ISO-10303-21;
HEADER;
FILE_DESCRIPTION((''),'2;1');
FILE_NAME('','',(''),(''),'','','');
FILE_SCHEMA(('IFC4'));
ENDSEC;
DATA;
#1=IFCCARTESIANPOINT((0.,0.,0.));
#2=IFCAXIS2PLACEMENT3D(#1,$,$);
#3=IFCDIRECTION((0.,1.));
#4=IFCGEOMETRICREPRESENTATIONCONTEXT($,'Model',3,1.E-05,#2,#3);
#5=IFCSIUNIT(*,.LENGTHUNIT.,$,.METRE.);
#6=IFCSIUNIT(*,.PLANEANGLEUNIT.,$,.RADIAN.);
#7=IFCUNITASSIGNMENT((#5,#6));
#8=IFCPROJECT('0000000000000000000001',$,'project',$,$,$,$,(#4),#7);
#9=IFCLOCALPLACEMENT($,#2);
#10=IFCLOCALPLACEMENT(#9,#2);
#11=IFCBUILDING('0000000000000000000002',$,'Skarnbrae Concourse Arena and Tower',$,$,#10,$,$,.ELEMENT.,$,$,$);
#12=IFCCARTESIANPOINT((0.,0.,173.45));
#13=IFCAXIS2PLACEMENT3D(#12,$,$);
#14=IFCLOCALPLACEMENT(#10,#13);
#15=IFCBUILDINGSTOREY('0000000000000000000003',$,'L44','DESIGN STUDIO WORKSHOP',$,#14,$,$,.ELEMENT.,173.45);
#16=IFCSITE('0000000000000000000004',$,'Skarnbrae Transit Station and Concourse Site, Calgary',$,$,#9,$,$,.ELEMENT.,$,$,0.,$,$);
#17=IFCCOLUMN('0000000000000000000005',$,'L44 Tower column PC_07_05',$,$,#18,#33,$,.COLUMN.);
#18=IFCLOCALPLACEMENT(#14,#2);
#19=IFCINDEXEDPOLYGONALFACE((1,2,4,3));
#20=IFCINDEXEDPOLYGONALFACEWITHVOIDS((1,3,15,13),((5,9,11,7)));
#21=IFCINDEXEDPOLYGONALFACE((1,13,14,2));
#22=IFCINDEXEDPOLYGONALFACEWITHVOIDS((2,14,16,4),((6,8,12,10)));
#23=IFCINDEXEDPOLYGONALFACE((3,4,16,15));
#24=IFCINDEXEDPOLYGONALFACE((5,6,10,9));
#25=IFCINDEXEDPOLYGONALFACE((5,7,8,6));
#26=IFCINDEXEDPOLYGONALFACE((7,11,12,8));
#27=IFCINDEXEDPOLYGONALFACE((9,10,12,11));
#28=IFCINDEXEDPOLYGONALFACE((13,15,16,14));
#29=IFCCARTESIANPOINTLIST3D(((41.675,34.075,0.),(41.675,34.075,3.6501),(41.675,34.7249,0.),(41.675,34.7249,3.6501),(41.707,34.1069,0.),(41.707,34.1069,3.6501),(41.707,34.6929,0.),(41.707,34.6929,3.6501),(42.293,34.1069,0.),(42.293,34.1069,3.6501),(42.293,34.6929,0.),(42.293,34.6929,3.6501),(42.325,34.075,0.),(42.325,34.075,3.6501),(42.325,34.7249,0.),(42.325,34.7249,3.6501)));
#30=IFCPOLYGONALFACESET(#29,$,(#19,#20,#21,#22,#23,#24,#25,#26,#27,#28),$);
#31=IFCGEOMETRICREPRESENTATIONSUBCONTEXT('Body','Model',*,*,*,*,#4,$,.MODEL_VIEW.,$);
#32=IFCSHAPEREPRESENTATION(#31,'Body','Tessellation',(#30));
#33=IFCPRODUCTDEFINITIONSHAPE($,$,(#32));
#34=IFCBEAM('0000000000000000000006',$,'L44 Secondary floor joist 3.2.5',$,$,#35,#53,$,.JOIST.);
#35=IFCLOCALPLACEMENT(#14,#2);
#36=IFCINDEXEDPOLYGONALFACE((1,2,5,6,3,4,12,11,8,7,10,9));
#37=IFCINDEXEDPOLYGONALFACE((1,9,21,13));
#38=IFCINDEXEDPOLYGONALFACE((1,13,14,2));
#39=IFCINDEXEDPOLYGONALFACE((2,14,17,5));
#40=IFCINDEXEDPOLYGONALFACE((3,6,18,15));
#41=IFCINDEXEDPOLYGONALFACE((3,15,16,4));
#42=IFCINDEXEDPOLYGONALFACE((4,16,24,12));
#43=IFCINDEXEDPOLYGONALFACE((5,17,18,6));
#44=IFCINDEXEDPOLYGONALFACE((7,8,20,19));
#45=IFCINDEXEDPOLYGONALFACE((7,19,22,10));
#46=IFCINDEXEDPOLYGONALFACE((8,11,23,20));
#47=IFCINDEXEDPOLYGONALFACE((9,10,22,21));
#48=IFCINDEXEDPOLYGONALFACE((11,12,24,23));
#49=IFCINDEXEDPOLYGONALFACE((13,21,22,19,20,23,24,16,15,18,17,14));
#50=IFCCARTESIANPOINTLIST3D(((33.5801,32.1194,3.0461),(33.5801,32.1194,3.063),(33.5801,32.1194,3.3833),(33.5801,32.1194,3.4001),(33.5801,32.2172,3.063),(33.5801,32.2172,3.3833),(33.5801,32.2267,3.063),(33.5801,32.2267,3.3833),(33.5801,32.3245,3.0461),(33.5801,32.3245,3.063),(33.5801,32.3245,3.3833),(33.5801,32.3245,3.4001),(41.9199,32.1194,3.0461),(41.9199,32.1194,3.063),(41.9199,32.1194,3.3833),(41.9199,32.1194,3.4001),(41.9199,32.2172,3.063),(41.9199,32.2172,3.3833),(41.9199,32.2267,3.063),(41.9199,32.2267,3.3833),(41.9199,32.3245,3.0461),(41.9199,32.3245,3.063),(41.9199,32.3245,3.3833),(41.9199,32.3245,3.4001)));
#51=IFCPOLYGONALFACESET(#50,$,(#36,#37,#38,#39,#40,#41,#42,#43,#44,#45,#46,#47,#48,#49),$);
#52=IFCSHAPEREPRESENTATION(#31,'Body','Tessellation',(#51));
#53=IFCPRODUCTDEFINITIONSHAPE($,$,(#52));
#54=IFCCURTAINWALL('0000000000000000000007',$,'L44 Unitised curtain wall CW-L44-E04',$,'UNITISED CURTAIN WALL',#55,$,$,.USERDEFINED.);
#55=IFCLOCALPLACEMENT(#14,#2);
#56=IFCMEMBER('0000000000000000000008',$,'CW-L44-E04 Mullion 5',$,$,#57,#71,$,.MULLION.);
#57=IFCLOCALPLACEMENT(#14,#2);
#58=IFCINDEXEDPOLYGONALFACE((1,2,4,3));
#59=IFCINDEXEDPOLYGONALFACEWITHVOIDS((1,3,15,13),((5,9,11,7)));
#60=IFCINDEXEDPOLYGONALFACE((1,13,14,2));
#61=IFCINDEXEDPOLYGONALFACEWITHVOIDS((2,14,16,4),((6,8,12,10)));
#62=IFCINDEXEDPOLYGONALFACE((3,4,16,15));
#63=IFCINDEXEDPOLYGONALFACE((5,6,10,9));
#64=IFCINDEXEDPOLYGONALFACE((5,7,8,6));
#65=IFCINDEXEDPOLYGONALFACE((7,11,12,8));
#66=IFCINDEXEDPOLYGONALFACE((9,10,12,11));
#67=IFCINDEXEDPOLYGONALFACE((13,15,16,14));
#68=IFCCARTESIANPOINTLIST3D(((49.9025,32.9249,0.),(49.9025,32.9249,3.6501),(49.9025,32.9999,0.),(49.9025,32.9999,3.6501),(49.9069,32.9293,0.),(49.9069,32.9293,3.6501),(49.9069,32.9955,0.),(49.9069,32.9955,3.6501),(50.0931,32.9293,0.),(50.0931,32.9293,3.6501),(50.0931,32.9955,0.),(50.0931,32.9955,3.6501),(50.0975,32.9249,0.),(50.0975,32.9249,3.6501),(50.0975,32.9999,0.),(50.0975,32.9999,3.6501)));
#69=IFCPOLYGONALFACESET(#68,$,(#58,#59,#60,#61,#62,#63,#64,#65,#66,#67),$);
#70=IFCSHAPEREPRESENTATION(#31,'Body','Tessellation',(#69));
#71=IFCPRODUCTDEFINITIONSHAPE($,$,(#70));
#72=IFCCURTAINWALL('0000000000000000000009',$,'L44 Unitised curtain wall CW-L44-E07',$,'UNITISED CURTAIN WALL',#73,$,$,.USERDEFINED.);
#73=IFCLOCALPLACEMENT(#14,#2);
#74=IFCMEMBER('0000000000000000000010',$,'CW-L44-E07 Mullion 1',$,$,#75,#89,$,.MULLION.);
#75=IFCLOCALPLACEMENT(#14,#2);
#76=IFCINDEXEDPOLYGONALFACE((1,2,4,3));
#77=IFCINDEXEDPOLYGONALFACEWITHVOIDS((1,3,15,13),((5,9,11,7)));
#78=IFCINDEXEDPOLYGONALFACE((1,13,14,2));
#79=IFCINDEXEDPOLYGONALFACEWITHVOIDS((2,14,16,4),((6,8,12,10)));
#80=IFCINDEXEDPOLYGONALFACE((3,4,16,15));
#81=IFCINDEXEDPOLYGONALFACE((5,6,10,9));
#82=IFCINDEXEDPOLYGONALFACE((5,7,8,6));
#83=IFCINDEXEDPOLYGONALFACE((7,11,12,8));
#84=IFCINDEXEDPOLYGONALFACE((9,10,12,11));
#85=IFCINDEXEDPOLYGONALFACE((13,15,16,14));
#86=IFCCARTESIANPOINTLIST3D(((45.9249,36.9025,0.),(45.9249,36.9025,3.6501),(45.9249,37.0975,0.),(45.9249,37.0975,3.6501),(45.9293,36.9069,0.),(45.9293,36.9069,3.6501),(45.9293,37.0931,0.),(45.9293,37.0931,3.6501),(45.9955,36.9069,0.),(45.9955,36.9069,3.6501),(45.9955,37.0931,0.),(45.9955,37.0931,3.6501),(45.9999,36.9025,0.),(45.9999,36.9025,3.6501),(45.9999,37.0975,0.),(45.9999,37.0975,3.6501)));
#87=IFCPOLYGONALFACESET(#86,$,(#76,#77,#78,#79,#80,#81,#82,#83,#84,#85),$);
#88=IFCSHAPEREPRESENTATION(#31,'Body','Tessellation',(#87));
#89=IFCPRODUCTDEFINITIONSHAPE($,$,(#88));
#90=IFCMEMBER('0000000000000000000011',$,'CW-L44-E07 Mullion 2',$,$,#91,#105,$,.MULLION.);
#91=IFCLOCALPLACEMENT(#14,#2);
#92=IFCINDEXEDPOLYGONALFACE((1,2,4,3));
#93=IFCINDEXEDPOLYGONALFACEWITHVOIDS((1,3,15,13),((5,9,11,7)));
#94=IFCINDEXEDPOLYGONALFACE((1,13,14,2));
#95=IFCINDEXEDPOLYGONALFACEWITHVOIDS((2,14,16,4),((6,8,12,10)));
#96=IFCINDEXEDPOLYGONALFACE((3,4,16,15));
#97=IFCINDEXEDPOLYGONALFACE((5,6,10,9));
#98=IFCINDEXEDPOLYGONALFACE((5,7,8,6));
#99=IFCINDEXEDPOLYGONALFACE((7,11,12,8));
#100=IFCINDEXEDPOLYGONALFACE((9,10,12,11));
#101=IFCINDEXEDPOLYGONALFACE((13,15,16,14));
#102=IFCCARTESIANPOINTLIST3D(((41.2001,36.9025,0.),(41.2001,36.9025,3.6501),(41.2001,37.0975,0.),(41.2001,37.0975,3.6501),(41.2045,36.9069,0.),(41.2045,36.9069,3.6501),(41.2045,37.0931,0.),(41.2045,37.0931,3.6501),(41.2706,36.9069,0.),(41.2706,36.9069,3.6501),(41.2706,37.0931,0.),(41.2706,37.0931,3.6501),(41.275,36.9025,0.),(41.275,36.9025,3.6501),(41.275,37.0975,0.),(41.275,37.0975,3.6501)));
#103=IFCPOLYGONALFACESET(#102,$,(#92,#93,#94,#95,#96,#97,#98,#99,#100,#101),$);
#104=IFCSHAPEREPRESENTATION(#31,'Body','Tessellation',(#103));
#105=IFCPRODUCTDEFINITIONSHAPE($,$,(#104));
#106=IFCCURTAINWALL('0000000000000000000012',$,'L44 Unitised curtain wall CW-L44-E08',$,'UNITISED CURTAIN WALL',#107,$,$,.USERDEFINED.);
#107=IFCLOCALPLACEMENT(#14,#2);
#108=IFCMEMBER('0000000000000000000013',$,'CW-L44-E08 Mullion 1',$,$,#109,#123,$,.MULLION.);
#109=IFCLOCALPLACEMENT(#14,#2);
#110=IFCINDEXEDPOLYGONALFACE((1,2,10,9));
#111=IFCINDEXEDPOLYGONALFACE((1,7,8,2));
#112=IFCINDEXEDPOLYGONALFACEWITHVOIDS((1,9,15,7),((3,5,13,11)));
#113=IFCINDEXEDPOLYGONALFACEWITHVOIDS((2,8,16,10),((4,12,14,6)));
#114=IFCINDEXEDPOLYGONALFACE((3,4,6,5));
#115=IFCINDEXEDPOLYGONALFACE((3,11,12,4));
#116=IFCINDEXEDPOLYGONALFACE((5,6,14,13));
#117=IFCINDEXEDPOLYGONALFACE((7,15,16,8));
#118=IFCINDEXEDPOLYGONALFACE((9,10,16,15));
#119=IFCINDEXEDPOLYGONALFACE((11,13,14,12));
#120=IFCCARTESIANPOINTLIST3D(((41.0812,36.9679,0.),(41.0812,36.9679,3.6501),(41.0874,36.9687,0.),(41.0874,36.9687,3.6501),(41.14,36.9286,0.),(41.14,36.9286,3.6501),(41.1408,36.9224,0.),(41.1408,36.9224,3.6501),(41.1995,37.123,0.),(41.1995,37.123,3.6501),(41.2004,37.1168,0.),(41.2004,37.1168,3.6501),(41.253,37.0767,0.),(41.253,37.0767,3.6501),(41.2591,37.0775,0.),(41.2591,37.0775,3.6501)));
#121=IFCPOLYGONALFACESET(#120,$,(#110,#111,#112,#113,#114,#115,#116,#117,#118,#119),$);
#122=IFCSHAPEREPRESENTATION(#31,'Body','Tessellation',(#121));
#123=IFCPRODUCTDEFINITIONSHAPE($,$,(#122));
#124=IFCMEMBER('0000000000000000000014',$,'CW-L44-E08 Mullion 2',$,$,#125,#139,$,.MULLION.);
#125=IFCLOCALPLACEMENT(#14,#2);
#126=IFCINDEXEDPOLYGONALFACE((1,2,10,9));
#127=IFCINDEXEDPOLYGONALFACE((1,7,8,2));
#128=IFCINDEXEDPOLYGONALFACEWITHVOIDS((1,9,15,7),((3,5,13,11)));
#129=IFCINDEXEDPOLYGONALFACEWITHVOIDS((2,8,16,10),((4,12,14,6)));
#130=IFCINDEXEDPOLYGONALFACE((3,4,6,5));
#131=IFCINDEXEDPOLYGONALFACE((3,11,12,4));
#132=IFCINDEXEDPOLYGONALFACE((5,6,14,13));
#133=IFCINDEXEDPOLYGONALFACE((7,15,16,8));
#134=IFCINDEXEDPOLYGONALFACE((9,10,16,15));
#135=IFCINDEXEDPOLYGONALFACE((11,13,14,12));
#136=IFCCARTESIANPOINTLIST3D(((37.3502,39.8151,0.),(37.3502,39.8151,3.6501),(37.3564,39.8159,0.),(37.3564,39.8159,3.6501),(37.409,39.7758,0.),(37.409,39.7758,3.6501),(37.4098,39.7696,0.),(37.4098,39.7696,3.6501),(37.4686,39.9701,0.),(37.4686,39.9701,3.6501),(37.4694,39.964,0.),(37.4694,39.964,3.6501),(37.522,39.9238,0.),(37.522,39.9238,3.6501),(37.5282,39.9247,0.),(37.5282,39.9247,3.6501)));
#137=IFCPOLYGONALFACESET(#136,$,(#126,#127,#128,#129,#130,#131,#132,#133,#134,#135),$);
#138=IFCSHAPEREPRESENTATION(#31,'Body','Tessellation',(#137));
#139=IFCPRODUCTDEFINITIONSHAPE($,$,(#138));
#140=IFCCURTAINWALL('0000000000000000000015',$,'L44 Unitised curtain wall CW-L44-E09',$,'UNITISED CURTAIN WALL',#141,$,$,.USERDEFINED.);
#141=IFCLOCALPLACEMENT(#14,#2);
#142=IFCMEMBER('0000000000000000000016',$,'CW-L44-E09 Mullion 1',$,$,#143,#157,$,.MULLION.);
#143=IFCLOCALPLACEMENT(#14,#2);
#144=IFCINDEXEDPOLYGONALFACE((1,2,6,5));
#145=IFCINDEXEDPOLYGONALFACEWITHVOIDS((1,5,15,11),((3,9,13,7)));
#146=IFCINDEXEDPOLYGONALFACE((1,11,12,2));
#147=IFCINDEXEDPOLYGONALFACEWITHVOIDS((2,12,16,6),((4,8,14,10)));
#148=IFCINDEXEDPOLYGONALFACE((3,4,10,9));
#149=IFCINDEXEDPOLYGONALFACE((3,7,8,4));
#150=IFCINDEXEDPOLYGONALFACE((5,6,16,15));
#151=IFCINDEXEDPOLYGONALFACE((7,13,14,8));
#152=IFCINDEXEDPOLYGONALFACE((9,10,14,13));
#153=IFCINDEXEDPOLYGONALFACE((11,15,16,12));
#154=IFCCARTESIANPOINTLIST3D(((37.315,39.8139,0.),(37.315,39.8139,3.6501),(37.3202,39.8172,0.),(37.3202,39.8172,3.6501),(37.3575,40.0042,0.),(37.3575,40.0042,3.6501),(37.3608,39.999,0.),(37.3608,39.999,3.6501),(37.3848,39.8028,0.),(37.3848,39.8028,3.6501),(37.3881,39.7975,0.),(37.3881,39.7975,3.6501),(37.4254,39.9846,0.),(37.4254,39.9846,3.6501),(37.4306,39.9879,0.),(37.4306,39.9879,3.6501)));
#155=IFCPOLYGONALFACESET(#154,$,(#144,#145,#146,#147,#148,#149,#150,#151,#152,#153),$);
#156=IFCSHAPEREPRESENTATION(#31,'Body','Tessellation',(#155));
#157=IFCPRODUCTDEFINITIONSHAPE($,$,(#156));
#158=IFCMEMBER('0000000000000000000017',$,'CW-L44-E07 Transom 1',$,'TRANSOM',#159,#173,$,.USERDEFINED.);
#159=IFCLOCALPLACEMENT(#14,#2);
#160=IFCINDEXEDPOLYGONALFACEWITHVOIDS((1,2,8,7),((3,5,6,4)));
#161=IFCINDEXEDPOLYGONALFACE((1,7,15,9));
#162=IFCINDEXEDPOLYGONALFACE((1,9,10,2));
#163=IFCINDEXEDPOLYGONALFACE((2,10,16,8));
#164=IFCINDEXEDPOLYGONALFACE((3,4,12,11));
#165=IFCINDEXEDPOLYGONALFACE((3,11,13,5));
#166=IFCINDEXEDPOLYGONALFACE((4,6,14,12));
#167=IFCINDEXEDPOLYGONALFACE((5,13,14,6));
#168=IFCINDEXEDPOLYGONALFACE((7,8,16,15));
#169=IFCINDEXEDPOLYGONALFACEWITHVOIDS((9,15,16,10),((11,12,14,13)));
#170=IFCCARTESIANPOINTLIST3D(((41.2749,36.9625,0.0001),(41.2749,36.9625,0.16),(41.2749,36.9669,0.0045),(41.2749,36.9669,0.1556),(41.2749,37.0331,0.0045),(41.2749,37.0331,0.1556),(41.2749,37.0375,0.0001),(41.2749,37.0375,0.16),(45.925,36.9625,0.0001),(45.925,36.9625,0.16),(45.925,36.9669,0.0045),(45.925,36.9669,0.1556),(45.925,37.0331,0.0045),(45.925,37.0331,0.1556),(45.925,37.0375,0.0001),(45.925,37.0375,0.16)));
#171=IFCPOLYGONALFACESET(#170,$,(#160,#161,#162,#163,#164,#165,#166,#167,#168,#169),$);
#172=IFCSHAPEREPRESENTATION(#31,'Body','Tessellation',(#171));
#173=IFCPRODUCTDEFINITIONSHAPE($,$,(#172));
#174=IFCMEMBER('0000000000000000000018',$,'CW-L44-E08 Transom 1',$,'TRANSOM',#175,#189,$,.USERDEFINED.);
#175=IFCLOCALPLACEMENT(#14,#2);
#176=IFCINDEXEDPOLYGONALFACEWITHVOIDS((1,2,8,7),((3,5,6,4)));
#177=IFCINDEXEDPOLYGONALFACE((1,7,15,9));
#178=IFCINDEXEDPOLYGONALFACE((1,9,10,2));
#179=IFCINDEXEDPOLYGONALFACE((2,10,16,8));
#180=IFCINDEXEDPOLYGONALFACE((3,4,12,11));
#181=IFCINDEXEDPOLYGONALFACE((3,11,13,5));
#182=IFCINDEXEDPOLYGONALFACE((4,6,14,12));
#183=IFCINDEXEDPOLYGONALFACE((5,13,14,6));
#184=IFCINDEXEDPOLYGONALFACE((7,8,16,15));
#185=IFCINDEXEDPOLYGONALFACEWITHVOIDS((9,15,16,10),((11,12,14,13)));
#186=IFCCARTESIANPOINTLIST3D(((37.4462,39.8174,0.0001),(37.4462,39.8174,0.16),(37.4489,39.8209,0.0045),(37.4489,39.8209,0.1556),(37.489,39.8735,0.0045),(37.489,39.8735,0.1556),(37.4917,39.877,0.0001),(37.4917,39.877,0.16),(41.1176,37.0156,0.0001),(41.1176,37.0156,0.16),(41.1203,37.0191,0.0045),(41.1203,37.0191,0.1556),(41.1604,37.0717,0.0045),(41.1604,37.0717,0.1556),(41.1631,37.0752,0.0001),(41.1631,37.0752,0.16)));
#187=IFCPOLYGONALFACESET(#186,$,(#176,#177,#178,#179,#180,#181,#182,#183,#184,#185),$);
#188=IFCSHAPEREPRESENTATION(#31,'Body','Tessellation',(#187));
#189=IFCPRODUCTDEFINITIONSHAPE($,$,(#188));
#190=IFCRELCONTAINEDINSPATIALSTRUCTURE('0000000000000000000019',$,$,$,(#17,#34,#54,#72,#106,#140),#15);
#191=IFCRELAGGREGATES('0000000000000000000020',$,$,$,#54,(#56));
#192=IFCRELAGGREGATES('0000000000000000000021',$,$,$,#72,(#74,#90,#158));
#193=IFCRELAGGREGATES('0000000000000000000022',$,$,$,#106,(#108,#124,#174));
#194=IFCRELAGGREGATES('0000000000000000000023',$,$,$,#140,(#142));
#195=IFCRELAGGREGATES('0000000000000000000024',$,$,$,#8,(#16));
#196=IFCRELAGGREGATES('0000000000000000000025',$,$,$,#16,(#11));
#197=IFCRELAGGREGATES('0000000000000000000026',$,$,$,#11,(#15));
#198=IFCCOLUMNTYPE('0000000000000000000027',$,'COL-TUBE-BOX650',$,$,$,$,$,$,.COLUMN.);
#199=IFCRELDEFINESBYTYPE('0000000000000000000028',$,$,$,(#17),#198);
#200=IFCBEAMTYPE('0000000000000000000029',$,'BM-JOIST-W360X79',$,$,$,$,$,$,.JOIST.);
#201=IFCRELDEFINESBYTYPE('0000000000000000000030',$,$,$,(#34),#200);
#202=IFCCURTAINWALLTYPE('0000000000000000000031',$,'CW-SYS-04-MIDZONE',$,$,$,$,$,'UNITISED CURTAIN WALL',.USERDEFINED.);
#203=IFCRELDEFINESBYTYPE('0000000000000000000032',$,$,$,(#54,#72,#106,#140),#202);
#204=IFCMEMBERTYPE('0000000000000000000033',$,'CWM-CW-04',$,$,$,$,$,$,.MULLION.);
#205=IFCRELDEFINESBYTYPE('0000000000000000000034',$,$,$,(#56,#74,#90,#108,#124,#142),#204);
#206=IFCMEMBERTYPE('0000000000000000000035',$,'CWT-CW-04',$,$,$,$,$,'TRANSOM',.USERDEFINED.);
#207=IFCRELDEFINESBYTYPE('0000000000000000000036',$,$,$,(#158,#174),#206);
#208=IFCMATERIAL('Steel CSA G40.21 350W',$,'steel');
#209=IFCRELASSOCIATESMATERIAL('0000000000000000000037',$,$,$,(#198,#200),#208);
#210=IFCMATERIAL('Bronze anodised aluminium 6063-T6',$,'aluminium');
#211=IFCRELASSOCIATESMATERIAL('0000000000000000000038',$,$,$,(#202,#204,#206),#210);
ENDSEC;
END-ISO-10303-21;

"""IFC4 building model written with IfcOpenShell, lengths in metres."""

from ifc_helpers import new_model, si_unit, direction, frame, origin, origin_2d, place, context, subcontext, project, spatial, hollow_rectangle, i_section, extrude, source, transform, mapped, material, material_profile, profile_set, type_object, element, aggregate, save


model = new_model("IFC4")

# Units and contexts
model_context = context("Model", 3, precision=1e-05, world=origin(), true_north=direction((0.0, 1.0)))
body_context = subcontext(model_context, "Body", "Model", "MODEL_VIEW")
ifc_project = project(units=[si_unit("LENGTHUNIT", "METRE"), si_unit("PLANEANGLEUNIT", "RADIAN")], contexts=[model_context])

# Site, building, storey
site_placement = place(None, origin())
site = spatial("IfcSite", under=ifc_project, at=site_placement, Name="Skarnbrae Transit Station and Concourse Site, Calgary", CompositionType="ELEMENT", RefElevation=0.0)
building_placement = place(site_placement, origin())
building = spatial("IfcBuilding", under=site, at=building_placement, Name="Skarnbrae Concourse Arena and Tower", CompositionType="ELEMENT")
storey_placement = place(building_placement, frame((0.0, 0.0, 173.45)))
storey = spatial("IfcBuildingStorey", under=building, at=storey_placement, Name="L44", Description="DESIGN STUDIO WORKSHOP", CompositionType="ELEMENT", Elevation=173.45)

# Column
ifc_material_1 = material(Name="Steel CSA G40.21 350W", Category="steel")
ifc_material_profile_1 = material_profile(ifc_material_1, hollow_rectangle(XDim=0.6499, YDim=0.6499, WallThickness=0.032, at=origin_2d()), Name="BOX650X650X32")
ifc_profile_set_1 = profile_set([ifc_material_profile_1], Name="Steel CSA G40.21 350W")
column_type = type_object("IfcColumnType", Name="COL-TUBE-BOX650", PredefinedType="COLUMN", material=ifc_profile_set_1)
shared_shape_1 = source(origin(), body_context, "Body", "SweptSolid", [
    extrude(hollow_rectangle(XDim=0.6499, YDim=0.6499, WallThickness=0.032, at=origin_2d()), origin(), (0.0, 0.0, 1.0), 3.6501),
])
column_placement = place(storey_placement, frame((42.0, 34.3999, 0.0), z_axis=(0.0, 0.0, 1.0), x_axis=(1.0, 0.0, 0.0)))
element("IfcColumn", 1, at=column_placement, inside=storey, type_object=column_type, Name="L44 Tower column PC_07_05", PredefinedType="COLUMN", context=body_context, shape_type="MappedRepresentation", body=[
    mapped(shared_shape_1, transform((0.0, 0.0, 0.0))),
])

# Beam
ifc_material_profile_2 = material_profile(ifc_material_1, i_section(OverallWidth=0.2051, OverallDepth=0.354, WebThickness=0.0095, FlangeThickness=0.0168, at=origin_2d()), Name="W360X79")
ifc_profile_set_2 = profile_set([ifc_material_profile_2], Name="Steel CSA G40.21 350W")
beam_type = type_object("IfcBeamType", Name="BM-JOIST-W360X79", PredefinedType="JOIST", material=ifc_profile_set_2)
shared_shape_2 = source(origin(), body_context, "Body", "SweptSolid", [
    extrude(i_section(OverallWidth=0.2051, OverallDepth=0.354, WebThickness=0.0095, FlangeThickness=0.0168, at=origin_2d()), origin(), (0.0, 0.0, 1.0), 8.3398),
])
beam_placement = place(storey_placement, frame((33.5801, 32.2219, 3.2231), z_axis=(1.0, 0.0, 0.0), x_axis=(0.0, 1.0, 0.0)))
element("IfcBeam", 2, at=beam_placement, inside=storey, type_object=beam_type, Name="L44 Secondary floor joist 3.2.5", PredefinedType="JOIST", context=body_context, shape_type="MappedRepresentation", body=[
    mapped(shared_shape_2, transform((0.0, 0.0, 0.0))),
])

# Curtain wall, member
ifc_material_2 = material(Name="Bronze anodised aluminium 6063-T6", Category="aluminium")
curtain_wall_type = type_object("IfcCurtainWallType", Name="CW-SYS-04-MIDZONE", ElementType="UNITISED CURTAIN WALL", PredefinedType="USERDEFINED", material=ifc_material_2)
curtain_wall_1_placement = place(storey_placement, origin())
curtain_wall_1 = element("IfcCurtainWall", 3, at=curtain_wall_1_placement, inside=storey, type_object=curtain_wall_type, Name="L44 Unitised curtain wall CW-L44-E04", ObjectType="UNITISED CURTAIN WALL", PredefinedType="USERDEFINED")
ifc_material_profile_3 = material_profile(ifc_material_2, hollow_rectangle(XDim=0.075, YDim=0.1951, WallThickness=0.0044, at=origin_2d()), Name="ALU-MULL-75X195")
ifc_profile_set_3 = profile_set([ifc_material_profile_3], Name="Bronze anodised aluminium 6063-T6")
member_type_1 = type_object("IfcMemberType", Name="CWM-CW-04", PredefinedType="MULLION", material=ifc_profile_set_3)
shared_shape_3 = source(origin(), body_context, "Body", "SweptSolid", [
    extrude(hollow_rectangle(XDim=0.075, YDim=0.1951, WallThickness=0.0044, at=origin_2d()), origin(), (0.0, 0.0, 1.0), 3.6501),
])
member_1_placement = place(storey_placement, frame((50.0, 32.9624, 0.0), z_axis=(0.0, 0.0, 1.0), x_axis=(0.0, 1.0, 0.0)))
member_1 = element("IfcMember", 4, at=member_1_placement, type_object=member_type_1, Name="CW-L44-E04 Mullion 5", PredefinedType="MULLION", context=body_context, shape_type="MappedRepresentation", body=[
    mapped(shared_shape_3, transform((0.0, 0.0, 0.0))),
])
aggregate(curtain_wall_1, [member_1])

# Curtain walls, members
curtain_wall_2_placement = place(storey_placement, origin())
curtain_wall_2 = element("IfcCurtainWall", 5, at=curtain_wall_2_placement, inside=storey, type_object=curtain_wall_type, Name="L44 Unitised curtain wall CW-L44-E07", ObjectType="UNITISED CURTAIN WALL", PredefinedType="USERDEFINED")
member_2_placement = place(storey_placement, frame((45.9624, 37.0, 0.0), z_axis=(0.0, 0.0, 1.0), x_axis=(-1.0, 0.0, 0.0)))
member_2 = element("IfcMember", 6, at=member_2_placement, type_object=member_type_1, Name="CW-L44-E07 Mullion 1", PredefinedType="MULLION", context=body_context, shape_type="MappedRepresentation", body=[
    mapped(shared_shape_3, transform((0.0, 0.0, 0.0))),
])
member_3_placement = place(storey_placement, frame((41.2375, 37.0, 0.0), z_axis=(0.0, 0.0, 1.0), x_axis=(-1.0, 0.0, 0.0)))
member_3 = element("IfcMember", 7, at=member_3_placement, type_object=member_type_1, Name="CW-L44-E07 Mullion 2", PredefinedType="MULLION", context=body_context, shape_type="MappedRepresentation", body=[
    mapped(shared_shape_3, transform((0.0, 0.0, 0.0))),
])
curtain_wall_3_placement = place(storey_placement, origin())
curtain_wall_3 = element("IfcCurtainWall", 8, at=curtain_wall_3_placement, inside=storey, type_object=curtain_wall_type, Name="L44 Unitised curtain wall CW-L44-E08", ObjectType="UNITISED CURTAIN WALL", PredefinedType="USERDEFINED")
member_4_placement = place(storey_placement, frame((41.1702, 37.0227, 0.0), z_axis=(0.0, 0.0, 1.0), x_axis=(-0.794956, 0.606667, 0.0)))
member_4 = element("IfcMember", 9, at=member_4_placement, type_object=member_type_1, Name="CW-L44-E08 Mullion 1", PredefinedType="MULLION", context=body_context, shape_type="MappedRepresentation", body=[
    mapped(shared_shape_3, transform((0.0, 0.0, 0.0))),
])
member_5_placement = place(storey_placement, frame((37.4392, 39.8699, 0.0), z_axis=(0.0, 0.0, 1.0), x_axis=(-0.794956, 0.606667, 0.0)))
member_5 = element("IfcMember", 10, at=member_5_placement, type_object=member_type_1, Name="CW-L44-E08 Mullion 2", PredefinedType="MULLION", context=body_context, shape_type="MappedRepresentation", body=[
    mapped(shared_shape_3, transform((0.0, 0.0, 0.0))),
])

# Curtain wall, member
curtain_wall_4_placement = place(storey_placement, origin())
curtain_wall_4 = element("IfcCurtainWall", 11, at=curtain_wall_4_placement, inside=storey, type_object=curtain_wall_type, Name="L44 Unitised curtain wall CW-L44-E09", ObjectType="UNITISED CURTAIN WALL", PredefinedType="USERDEFINED")
member_6_placement = place(storey_placement, frame((37.3728, 39.9009, 0.0), z_axis=(0.0, 0.0, 1.0), x_axis=(-0.975936, 0.218056, 0.0)))
member_6 = element("IfcMember", 12, at=member_6_placement, type_object=member_type_1, Name="CW-L44-E09 Mullion 1", PredefinedType="MULLION", context=body_context, shape_type="MappedRepresentation", body=[
    mapped(shared_shape_3, transform((0.0, 0.0, 0.0))),
])

# Members
ifc_material_profile_4 = material_profile(ifc_material_2, hollow_rectangle(XDim=0.075, YDim=0.1599, WallThickness=0.0044, at=origin_2d()), Name="ALU-TRAN-75X160")
ifc_profile_set_4 = profile_set([ifc_material_profile_4], Name="Bronze anodised aluminium 6063-T6")
member_type_2 = type_object("IfcMemberType", Name="CWT-CW-04", ElementType="TRANSOM", PredefinedType="USERDEFINED", material=ifc_profile_set_4)
shared_shape_4 = source(origin(), body_context, "Body", "SweptSolid", [
    extrude(hollow_rectangle(XDim=0.075, YDim=0.1599, WallThickness=0.0044, at=origin_2d()), origin(), (0.0, 0.0, 1.0), 4.6501),
])
member_7_placement = place(storey_placement, frame((45.925, 37.0, 0.0801), z_axis=(-1.0, 0.0, 0.0), x_axis=(0.0, -1.0, 0.0)))
member_7 = element("IfcMember", 13, at=member_7_placement, type_object=member_type_2, Name="CW-L44-E07 Transom 1", ObjectType="TRANSOM", PredefinedType="USERDEFINED", context=body_context, shape_type="MappedRepresentation", body=[
    mapped(shared_shape_4, transform((0.0, 0.0, 0.0))),
])
shared_shape_5 = source(origin(), body_context, "Body", "SweptSolid", [
    extrude(hollow_rectangle(XDim=0.075, YDim=0.1599, WallThickness=0.0044, at=origin_2d()), origin(), (0.0, 0.0, 1.0), 4.6184),
])
member_8_placement = place(storey_placement, frame((41.1404, 37.0454, 0.0801), z_axis=(-0.794961, 0.606661, 0.0), x_axis=(-0.606661, -0.794961, 0.0)))
member_8 = element("IfcMember", 14, at=member_8_placement, type_object=member_type_2, Name="CW-L44-E08 Transom 1", ObjectType="TRANSOM", PredefinedType="USERDEFINED", context=body_context, shape_type="MappedRepresentation", body=[
    mapped(shared_shape_5, transform((0.0, 0.0, 0.0))),
])

aggregate(curtain_wall_2, [member_2, member_3, member_7])
aggregate(curtain_wall_3, [member_4, member_5, member_8])
aggregate(curtain_wall_4, [member_6])

save(model, "model.ifc")
